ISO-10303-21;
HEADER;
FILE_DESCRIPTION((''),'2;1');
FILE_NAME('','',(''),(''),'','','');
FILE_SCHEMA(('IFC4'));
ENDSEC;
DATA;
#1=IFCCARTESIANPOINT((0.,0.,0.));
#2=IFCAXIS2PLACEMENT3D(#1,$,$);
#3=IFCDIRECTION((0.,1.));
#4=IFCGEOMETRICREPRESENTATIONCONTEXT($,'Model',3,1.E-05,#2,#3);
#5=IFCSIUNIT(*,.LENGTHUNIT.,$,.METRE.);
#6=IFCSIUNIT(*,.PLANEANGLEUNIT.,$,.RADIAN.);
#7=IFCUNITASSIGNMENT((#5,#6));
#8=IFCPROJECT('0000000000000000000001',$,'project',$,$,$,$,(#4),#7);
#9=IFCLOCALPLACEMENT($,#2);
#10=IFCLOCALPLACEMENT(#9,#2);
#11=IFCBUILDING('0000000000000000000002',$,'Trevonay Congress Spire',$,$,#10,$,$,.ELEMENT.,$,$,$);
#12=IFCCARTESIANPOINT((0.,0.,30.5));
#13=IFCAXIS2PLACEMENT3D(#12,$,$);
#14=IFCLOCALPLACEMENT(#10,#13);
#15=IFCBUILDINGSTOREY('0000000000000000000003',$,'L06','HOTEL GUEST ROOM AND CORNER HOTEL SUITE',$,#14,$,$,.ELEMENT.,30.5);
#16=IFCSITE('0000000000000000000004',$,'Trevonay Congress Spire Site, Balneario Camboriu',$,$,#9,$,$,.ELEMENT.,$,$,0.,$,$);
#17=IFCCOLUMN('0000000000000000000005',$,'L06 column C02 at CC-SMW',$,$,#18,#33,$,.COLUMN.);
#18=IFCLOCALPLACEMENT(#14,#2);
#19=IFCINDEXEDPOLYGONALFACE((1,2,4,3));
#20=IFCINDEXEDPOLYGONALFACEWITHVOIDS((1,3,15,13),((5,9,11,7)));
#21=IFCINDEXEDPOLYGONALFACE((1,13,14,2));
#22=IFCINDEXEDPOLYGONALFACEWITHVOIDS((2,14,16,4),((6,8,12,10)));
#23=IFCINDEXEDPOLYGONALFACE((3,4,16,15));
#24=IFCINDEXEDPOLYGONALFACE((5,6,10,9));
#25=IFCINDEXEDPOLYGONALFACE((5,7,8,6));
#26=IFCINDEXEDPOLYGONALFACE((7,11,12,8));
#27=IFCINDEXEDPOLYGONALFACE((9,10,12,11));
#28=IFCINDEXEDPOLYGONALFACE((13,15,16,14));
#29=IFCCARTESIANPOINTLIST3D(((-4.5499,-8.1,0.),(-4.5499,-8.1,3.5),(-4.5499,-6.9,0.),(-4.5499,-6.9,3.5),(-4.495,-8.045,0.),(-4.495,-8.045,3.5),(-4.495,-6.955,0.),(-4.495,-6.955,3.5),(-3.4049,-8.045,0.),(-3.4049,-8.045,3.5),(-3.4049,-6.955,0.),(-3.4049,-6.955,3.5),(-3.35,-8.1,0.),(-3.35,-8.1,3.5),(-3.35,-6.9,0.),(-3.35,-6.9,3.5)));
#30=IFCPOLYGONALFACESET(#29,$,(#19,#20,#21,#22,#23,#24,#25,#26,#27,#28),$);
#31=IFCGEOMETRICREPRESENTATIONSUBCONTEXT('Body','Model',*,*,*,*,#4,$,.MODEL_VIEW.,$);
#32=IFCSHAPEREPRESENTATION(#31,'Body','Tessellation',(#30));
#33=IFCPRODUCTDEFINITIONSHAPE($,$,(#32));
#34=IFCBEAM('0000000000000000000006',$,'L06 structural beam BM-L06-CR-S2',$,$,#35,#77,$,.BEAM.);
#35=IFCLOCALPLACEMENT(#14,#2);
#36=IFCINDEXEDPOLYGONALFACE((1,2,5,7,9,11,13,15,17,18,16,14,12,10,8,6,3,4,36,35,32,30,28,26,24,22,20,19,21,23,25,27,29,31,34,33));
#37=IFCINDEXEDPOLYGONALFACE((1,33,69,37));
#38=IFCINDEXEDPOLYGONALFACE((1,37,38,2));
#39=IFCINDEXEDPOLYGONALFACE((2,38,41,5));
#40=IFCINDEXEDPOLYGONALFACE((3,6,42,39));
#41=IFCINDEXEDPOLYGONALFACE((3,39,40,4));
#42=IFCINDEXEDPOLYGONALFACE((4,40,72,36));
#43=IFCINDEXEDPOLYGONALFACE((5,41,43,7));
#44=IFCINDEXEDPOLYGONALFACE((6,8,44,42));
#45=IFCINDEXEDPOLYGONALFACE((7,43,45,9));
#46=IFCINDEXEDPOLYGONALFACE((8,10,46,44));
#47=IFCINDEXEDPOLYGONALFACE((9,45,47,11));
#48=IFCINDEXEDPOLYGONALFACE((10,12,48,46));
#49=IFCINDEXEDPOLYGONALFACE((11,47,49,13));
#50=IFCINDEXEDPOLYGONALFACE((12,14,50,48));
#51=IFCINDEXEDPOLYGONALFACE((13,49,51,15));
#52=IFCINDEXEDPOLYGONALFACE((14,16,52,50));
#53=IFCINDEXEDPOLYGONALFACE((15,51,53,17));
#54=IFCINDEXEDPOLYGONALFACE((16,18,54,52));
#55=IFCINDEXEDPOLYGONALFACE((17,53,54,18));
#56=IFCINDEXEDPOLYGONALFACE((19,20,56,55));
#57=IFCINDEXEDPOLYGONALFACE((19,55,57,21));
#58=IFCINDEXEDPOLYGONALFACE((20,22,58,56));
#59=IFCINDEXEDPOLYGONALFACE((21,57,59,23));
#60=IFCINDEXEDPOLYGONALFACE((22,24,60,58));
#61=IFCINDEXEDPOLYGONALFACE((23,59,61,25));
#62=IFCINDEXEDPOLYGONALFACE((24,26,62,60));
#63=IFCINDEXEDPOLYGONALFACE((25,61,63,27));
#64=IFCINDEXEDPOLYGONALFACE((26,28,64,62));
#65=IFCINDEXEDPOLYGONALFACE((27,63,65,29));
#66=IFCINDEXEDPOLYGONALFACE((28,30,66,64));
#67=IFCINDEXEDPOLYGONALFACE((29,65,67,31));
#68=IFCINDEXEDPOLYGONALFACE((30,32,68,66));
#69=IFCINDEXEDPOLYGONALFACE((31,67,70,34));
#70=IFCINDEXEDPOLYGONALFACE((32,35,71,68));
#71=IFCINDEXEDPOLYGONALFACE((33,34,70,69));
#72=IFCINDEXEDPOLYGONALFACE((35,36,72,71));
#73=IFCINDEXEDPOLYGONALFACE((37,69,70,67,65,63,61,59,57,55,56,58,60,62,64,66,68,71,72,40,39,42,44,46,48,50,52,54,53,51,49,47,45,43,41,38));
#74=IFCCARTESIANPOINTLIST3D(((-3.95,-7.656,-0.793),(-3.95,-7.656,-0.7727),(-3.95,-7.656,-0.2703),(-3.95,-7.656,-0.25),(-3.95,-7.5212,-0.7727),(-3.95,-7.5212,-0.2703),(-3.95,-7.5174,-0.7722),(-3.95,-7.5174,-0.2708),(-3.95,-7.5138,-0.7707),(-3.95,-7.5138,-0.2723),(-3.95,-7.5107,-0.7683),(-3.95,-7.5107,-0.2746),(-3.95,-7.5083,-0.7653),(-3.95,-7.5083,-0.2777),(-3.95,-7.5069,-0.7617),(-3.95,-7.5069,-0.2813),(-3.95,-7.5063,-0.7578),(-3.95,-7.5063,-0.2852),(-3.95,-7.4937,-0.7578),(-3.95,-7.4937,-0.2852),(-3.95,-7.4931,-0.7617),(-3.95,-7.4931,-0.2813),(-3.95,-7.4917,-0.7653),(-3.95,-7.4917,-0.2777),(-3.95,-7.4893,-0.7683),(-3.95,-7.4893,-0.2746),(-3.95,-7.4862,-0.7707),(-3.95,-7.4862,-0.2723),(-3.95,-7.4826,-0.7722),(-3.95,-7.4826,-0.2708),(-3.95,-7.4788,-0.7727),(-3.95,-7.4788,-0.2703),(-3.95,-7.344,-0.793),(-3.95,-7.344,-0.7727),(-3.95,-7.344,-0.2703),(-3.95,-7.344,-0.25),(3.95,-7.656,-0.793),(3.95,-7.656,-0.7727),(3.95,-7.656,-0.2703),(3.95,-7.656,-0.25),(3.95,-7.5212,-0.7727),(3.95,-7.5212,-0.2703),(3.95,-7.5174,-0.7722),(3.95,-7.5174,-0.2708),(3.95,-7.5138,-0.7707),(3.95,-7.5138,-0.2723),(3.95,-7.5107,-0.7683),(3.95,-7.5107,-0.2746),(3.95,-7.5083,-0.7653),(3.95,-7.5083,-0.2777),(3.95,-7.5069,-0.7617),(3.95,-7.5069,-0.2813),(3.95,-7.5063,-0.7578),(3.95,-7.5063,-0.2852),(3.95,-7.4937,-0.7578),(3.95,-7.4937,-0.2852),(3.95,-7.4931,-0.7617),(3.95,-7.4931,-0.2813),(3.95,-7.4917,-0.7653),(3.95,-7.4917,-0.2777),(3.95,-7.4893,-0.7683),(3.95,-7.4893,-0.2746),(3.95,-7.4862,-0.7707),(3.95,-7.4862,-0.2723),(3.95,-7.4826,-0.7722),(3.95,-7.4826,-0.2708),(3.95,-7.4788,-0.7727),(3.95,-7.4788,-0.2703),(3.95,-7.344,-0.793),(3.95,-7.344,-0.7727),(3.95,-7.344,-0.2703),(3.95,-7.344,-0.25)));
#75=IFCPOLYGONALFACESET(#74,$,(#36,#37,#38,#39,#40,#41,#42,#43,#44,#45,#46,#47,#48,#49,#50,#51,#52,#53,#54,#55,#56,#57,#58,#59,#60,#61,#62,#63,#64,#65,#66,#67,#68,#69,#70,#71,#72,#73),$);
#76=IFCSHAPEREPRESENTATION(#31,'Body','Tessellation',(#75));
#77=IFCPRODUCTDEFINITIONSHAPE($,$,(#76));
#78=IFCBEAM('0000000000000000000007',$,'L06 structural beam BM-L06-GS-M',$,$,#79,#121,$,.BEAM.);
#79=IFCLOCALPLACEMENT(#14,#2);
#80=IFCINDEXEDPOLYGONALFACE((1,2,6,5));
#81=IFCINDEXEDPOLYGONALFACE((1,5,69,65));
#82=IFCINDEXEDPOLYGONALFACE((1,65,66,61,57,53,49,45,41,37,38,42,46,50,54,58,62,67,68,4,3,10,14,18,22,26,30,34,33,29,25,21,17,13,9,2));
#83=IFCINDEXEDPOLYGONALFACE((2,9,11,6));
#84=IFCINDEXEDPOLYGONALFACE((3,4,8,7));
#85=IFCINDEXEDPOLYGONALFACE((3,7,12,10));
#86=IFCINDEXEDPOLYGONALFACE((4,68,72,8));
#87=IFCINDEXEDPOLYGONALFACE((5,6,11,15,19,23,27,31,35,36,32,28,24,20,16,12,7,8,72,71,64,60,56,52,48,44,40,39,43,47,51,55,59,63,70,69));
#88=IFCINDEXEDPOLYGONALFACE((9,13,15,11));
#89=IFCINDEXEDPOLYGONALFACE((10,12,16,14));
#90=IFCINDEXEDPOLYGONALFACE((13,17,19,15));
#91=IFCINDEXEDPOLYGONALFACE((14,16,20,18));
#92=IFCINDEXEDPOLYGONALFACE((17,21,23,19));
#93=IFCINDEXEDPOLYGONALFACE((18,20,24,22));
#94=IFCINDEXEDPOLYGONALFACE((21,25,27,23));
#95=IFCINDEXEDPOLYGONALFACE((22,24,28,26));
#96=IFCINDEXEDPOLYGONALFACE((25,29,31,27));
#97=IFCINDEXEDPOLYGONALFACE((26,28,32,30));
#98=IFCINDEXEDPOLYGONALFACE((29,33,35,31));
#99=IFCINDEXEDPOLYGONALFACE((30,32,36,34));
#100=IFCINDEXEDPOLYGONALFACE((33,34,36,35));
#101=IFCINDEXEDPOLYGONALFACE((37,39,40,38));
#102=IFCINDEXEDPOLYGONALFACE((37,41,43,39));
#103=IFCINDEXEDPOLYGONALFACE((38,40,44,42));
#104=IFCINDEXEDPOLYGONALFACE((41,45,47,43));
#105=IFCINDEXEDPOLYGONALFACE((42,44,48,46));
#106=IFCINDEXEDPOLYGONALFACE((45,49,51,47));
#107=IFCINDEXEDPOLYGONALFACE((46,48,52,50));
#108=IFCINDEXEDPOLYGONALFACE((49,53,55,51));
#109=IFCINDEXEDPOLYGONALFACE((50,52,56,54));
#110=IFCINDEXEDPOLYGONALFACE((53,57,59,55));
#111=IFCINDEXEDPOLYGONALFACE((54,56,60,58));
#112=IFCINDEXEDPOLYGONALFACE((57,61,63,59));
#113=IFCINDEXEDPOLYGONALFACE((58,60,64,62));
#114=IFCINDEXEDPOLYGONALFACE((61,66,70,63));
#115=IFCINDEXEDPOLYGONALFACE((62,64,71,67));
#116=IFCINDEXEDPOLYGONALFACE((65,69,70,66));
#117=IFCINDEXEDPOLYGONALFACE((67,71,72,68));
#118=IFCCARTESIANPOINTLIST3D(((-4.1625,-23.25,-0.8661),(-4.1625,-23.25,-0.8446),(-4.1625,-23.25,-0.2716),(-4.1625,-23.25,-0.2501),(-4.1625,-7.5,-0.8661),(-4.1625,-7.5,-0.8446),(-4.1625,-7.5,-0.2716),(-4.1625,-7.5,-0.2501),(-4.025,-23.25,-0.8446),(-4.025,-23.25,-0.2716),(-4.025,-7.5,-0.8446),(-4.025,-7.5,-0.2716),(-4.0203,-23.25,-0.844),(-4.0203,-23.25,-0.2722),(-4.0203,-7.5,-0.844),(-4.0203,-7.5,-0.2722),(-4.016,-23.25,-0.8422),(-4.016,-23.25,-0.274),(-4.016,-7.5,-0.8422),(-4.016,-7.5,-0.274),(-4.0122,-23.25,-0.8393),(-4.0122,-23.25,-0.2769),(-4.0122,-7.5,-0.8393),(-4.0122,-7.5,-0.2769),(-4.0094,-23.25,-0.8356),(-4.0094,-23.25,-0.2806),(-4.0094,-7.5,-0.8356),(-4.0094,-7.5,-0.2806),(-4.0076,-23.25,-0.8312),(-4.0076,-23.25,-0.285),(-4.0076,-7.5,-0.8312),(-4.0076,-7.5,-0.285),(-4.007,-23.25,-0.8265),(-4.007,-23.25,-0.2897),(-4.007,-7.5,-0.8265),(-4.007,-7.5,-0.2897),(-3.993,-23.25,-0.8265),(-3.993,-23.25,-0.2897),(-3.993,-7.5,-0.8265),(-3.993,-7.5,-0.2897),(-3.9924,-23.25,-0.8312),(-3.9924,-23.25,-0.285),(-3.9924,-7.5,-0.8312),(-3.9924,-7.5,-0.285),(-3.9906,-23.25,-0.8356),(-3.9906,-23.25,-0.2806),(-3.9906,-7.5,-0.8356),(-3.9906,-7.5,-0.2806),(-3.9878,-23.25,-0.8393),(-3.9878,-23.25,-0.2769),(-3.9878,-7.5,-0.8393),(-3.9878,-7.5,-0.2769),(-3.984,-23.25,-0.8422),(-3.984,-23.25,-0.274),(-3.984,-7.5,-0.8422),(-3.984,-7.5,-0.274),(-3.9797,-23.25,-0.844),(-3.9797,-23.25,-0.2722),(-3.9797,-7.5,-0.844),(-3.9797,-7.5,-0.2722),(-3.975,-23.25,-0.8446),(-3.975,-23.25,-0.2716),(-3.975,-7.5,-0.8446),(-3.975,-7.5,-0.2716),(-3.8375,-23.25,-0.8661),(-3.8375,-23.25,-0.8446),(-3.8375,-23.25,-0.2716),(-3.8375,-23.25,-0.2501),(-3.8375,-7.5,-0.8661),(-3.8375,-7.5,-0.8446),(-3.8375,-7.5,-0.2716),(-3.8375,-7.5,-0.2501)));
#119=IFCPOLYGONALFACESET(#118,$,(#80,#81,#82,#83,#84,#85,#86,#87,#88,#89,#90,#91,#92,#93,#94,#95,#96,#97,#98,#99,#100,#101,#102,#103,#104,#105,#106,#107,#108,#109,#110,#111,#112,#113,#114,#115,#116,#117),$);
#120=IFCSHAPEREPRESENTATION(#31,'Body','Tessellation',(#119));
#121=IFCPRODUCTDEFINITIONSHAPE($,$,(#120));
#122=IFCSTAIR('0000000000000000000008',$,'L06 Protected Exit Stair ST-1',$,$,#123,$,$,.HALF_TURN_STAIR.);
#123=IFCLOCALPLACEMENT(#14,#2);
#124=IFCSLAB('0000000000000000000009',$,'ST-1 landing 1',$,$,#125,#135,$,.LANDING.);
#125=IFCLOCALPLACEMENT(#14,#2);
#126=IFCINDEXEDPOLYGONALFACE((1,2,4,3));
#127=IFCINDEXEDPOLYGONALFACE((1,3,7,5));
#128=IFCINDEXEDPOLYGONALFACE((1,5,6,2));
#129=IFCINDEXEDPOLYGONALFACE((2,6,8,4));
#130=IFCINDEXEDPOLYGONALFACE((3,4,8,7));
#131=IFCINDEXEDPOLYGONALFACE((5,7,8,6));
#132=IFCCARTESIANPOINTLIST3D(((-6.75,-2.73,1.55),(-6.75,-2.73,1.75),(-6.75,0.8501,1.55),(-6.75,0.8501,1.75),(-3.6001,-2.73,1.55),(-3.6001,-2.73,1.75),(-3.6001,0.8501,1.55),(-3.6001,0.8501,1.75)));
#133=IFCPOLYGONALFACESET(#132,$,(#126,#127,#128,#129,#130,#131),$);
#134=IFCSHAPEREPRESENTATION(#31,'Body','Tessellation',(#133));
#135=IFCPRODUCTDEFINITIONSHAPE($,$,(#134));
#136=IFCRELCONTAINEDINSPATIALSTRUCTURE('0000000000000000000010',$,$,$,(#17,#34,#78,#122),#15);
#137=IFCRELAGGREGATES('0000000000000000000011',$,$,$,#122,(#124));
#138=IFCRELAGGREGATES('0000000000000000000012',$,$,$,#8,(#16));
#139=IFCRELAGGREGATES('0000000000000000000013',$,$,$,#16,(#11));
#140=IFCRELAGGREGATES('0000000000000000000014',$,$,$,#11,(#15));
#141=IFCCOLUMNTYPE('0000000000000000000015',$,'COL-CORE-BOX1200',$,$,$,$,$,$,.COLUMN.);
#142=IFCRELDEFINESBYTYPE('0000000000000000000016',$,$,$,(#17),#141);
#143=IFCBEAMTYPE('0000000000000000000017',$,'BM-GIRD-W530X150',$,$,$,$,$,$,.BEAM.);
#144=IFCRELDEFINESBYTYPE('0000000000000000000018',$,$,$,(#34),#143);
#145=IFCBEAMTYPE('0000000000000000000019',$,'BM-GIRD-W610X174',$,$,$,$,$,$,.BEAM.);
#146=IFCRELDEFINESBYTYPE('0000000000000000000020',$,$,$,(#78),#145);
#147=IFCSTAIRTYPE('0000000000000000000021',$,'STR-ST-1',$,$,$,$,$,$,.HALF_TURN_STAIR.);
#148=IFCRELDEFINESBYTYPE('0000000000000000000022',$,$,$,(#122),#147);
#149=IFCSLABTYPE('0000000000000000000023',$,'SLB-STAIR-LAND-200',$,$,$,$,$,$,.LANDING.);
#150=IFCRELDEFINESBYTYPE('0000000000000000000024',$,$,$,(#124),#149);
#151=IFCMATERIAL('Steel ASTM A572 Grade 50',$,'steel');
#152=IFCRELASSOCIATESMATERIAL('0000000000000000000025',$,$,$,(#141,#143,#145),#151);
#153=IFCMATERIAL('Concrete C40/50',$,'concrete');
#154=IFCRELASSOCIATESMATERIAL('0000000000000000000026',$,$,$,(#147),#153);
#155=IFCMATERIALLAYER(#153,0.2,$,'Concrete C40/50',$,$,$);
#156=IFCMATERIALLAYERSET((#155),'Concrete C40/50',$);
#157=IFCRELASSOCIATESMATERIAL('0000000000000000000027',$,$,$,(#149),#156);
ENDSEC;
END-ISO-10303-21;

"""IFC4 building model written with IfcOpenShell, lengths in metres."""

from ifc_helpers import new_model, si_unit, direction, frame, origin, origin_2d, place, context, subcontext, project, spatial, polyline, hollow_rectangle, i_section, outline, extrude, material, layer, layer_set, material_profile, profile_set, type_object, element, aggregate, save


model = new_model("IFC4")

# Units and contexts
model_context = context("Model", 3, precision=1e-05, world=origin(), true_north=direction((0.0, 1.0)))
body_context = subcontext(model_context, "Body", "Model", "MODEL_VIEW")
ifc_project = project(units=[si_unit("LENGTHUNIT", "METRE"), si_unit("PLANEANGLEUNIT", "RADIAN")], contexts=[model_context])

# Site, building, storey
site_placement = place(None, origin())
site = spatial("IfcSite", under=ifc_project, at=site_placement, Name="Trevonay Congress Spire Site, Balneario Camboriu", CompositionType="ELEMENT", RefElevation=0.0)
building_placement = place(site_placement, origin())
building = spatial("IfcBuilding", under=site, at=building_placement, Name="Trevonay Congress Spire", CompositionType="ELEMENT")
storey_placement = place(building_placement, frame((0.0, 0.0, 30.5)))
storey = spatial("IfcBuildingStorey", under=building, at=storey_placement, Name="L06", Description="HOTEL GUEST ROOM AND CORNER HOTEL SUITE", CompositionType="ELEMENT", Elevation=30.5)

# Column
ifc_material_1 = material(Name="Steel ASTM A572 Grade 50", Category="steel")
ifc_material_profile_1 = material_profile(ifc_material_1, hollow_rectangle(XDim=1.2, YDim=1.2, WallThickness=0.0549, at=origin_2d()), Name="BOX 1200x1200x55")
ifc_profile_set_1 = profile_set([ifc_material_profile_1], Name="Steel ASTM A572 Grade 50")
column_type = type_object("IfcColumnType", Name="COL-CORE-BOX1200", PredefinedType="COLUMN", material=ifc_profile_set_1)
column_placement = place(storey_placement, frame((-3.95, -7.5, 0.0), z_axis=(0.0, 0.0, 1.0), x_axis=(1.0, 0.0, 0.0)))
element("IfcColumn", 1, at=column_placement, inside=storey, type_object=column_type, Name="L06 column C02 at CC-SMW", PredefinedType="COLUMN", context=body_context, shape_type="SweptSolid", body=[
    extrude(hollow_rectangle(XDim=1.2, YDim=1.2, WallThickness=0.0549, at=origin_2d()), origin(), (0.0, 0.0, 1.0), 3.5),
])

# Beams
ifc_material_profile_2 = material_profile(ifc_material_1, i_section(OverallWidth=0.312, OverallDepth=0.543, WebThickness=0.0127, FlangeThickness=0.0203, FilletRadius=0.0149, at=origin_2d()), Name="W530x150")
ifc_profile_set_2 = profile_set([ifc_material_profile_2], Name="Steel ASTM A572 Grade 50")
beam_type_1 = type_object("IfcBeamType", Name="BM-GIRD-W530X150", PredefinedType="BEAM", material=ifc_profile_set_2)
beam_1_placement = place(storey_placement, frame((-3.95, -7.5, -0.5215), z_axis=(1.0, 0.0, 0.0), x_axis=(0.0, 1.0, 0.0)))
element("IfcBeam", 2, at=beam_1_placement, inside=storey, type_object=beam_type_1, Name="L06 structural beam BM-L06-CR-S2", PredefinedType="BEAM", context=body_context, shape_type="SweptSolid", body=[
    extrude(i_section(OverallWidth=0.312, OverallDepth=0.543, WebThickness=0.0127, FlangeThickness=0.0203, FilletRadius=0.0149, at=origin_2d()), origin(), (0.0, 0.0, 1.0), 7.8999),
])
ifc_material_profile_3 = material_profile(ifc_material_1, i_section(OverallWidth=0.325, OverallDepth=0.616, WebThickness=0.0139, FlangeThickness=0.0215, FilletRadius=0.0181, at=origin_2d()), Name="W610x174")
ifc_profile_set_3 = profile_set([ifc_material_profile_3], Name="Steel ASTM A572 Grade 50")
beam_type_2 = type_object("IfcBeamType", Name="BM-GIRD-W610X174", PredefinedType="BEAM", material=ifc_profile_set_3)
beam_2_placement = place(storey_placement, frame((-4.0, -7.5, -0.5581), z_axis=(0.0, -1.0, 0.0), x_axis=(1.0, 0.0, 0.0)))
element("IfcBeam", 3, at=beam_2_placement, inside=storey, type_object=beam_type_2, Name="L06 structural beam BM-L06-GS-M", PredefinedType="BEAM", context=body_context, shape_type="SweptSolid", body=[
    extrude(i_section(OverallWidth=0.325, OverallDepth=0.616, WebThickness=0.0139, FlangeThickness=0.0215, FilletRadius=0.0181, at=origin_2d()), origin(), (0.0, 0.0, 1.0), 15.75),
])

# Stair, slab
ifc_material_2 = material(Name="Concrete C40/50", Category="concrete")
stair_type = type_object("IfcStairType", Name="STR-ST-1", PredefinedType="HALF_TURN_STAIR", material=ifc_material_2)
stair_placement = place(storey_placement, origin())
stair = element("IfcStair", 4, at=stair_placement, inside=storey, type_object=stair_type, Name="L06 Protected Exit Stair ST-1", PredefinedType="HALF_TURN_STAIR")
ifc_layer_1 = layer(ifc_material_2, 0.2, Name="Concrete C40/50")
ifc_layer_set_1 = layer_set([ifc_layer_1], Name="Concrete C40/50")
slab_type_1 = type_object("IfcSlabType", Name="SLB-STAIR-LAND-200", PredefinedType="LANDING", material=ifc_layer_set_1)
slab_1_placement = place(storey_placement, frame((0.0, 0.0, 1.55)))
slab_1 = element("IfcSlab", 5, at=slab_1_placement, type_object=slab_type_1, Name="ST-1 landing 1", PredefinedType="LANDING", context=body_context, shape_type="SweptSolid", body=[
    extrude(outline(polyline([(-3.6001, -2.73), (-3.6001, 0.8501), (-6.75, 0.8501), (-6.75, -2.73), (-3.6001, -2.73)])), origin(), (0.0, 0.0, 1.0), 0.2),
])
aggregate(stair, [slab_1])

save(model, "model.ifc")
